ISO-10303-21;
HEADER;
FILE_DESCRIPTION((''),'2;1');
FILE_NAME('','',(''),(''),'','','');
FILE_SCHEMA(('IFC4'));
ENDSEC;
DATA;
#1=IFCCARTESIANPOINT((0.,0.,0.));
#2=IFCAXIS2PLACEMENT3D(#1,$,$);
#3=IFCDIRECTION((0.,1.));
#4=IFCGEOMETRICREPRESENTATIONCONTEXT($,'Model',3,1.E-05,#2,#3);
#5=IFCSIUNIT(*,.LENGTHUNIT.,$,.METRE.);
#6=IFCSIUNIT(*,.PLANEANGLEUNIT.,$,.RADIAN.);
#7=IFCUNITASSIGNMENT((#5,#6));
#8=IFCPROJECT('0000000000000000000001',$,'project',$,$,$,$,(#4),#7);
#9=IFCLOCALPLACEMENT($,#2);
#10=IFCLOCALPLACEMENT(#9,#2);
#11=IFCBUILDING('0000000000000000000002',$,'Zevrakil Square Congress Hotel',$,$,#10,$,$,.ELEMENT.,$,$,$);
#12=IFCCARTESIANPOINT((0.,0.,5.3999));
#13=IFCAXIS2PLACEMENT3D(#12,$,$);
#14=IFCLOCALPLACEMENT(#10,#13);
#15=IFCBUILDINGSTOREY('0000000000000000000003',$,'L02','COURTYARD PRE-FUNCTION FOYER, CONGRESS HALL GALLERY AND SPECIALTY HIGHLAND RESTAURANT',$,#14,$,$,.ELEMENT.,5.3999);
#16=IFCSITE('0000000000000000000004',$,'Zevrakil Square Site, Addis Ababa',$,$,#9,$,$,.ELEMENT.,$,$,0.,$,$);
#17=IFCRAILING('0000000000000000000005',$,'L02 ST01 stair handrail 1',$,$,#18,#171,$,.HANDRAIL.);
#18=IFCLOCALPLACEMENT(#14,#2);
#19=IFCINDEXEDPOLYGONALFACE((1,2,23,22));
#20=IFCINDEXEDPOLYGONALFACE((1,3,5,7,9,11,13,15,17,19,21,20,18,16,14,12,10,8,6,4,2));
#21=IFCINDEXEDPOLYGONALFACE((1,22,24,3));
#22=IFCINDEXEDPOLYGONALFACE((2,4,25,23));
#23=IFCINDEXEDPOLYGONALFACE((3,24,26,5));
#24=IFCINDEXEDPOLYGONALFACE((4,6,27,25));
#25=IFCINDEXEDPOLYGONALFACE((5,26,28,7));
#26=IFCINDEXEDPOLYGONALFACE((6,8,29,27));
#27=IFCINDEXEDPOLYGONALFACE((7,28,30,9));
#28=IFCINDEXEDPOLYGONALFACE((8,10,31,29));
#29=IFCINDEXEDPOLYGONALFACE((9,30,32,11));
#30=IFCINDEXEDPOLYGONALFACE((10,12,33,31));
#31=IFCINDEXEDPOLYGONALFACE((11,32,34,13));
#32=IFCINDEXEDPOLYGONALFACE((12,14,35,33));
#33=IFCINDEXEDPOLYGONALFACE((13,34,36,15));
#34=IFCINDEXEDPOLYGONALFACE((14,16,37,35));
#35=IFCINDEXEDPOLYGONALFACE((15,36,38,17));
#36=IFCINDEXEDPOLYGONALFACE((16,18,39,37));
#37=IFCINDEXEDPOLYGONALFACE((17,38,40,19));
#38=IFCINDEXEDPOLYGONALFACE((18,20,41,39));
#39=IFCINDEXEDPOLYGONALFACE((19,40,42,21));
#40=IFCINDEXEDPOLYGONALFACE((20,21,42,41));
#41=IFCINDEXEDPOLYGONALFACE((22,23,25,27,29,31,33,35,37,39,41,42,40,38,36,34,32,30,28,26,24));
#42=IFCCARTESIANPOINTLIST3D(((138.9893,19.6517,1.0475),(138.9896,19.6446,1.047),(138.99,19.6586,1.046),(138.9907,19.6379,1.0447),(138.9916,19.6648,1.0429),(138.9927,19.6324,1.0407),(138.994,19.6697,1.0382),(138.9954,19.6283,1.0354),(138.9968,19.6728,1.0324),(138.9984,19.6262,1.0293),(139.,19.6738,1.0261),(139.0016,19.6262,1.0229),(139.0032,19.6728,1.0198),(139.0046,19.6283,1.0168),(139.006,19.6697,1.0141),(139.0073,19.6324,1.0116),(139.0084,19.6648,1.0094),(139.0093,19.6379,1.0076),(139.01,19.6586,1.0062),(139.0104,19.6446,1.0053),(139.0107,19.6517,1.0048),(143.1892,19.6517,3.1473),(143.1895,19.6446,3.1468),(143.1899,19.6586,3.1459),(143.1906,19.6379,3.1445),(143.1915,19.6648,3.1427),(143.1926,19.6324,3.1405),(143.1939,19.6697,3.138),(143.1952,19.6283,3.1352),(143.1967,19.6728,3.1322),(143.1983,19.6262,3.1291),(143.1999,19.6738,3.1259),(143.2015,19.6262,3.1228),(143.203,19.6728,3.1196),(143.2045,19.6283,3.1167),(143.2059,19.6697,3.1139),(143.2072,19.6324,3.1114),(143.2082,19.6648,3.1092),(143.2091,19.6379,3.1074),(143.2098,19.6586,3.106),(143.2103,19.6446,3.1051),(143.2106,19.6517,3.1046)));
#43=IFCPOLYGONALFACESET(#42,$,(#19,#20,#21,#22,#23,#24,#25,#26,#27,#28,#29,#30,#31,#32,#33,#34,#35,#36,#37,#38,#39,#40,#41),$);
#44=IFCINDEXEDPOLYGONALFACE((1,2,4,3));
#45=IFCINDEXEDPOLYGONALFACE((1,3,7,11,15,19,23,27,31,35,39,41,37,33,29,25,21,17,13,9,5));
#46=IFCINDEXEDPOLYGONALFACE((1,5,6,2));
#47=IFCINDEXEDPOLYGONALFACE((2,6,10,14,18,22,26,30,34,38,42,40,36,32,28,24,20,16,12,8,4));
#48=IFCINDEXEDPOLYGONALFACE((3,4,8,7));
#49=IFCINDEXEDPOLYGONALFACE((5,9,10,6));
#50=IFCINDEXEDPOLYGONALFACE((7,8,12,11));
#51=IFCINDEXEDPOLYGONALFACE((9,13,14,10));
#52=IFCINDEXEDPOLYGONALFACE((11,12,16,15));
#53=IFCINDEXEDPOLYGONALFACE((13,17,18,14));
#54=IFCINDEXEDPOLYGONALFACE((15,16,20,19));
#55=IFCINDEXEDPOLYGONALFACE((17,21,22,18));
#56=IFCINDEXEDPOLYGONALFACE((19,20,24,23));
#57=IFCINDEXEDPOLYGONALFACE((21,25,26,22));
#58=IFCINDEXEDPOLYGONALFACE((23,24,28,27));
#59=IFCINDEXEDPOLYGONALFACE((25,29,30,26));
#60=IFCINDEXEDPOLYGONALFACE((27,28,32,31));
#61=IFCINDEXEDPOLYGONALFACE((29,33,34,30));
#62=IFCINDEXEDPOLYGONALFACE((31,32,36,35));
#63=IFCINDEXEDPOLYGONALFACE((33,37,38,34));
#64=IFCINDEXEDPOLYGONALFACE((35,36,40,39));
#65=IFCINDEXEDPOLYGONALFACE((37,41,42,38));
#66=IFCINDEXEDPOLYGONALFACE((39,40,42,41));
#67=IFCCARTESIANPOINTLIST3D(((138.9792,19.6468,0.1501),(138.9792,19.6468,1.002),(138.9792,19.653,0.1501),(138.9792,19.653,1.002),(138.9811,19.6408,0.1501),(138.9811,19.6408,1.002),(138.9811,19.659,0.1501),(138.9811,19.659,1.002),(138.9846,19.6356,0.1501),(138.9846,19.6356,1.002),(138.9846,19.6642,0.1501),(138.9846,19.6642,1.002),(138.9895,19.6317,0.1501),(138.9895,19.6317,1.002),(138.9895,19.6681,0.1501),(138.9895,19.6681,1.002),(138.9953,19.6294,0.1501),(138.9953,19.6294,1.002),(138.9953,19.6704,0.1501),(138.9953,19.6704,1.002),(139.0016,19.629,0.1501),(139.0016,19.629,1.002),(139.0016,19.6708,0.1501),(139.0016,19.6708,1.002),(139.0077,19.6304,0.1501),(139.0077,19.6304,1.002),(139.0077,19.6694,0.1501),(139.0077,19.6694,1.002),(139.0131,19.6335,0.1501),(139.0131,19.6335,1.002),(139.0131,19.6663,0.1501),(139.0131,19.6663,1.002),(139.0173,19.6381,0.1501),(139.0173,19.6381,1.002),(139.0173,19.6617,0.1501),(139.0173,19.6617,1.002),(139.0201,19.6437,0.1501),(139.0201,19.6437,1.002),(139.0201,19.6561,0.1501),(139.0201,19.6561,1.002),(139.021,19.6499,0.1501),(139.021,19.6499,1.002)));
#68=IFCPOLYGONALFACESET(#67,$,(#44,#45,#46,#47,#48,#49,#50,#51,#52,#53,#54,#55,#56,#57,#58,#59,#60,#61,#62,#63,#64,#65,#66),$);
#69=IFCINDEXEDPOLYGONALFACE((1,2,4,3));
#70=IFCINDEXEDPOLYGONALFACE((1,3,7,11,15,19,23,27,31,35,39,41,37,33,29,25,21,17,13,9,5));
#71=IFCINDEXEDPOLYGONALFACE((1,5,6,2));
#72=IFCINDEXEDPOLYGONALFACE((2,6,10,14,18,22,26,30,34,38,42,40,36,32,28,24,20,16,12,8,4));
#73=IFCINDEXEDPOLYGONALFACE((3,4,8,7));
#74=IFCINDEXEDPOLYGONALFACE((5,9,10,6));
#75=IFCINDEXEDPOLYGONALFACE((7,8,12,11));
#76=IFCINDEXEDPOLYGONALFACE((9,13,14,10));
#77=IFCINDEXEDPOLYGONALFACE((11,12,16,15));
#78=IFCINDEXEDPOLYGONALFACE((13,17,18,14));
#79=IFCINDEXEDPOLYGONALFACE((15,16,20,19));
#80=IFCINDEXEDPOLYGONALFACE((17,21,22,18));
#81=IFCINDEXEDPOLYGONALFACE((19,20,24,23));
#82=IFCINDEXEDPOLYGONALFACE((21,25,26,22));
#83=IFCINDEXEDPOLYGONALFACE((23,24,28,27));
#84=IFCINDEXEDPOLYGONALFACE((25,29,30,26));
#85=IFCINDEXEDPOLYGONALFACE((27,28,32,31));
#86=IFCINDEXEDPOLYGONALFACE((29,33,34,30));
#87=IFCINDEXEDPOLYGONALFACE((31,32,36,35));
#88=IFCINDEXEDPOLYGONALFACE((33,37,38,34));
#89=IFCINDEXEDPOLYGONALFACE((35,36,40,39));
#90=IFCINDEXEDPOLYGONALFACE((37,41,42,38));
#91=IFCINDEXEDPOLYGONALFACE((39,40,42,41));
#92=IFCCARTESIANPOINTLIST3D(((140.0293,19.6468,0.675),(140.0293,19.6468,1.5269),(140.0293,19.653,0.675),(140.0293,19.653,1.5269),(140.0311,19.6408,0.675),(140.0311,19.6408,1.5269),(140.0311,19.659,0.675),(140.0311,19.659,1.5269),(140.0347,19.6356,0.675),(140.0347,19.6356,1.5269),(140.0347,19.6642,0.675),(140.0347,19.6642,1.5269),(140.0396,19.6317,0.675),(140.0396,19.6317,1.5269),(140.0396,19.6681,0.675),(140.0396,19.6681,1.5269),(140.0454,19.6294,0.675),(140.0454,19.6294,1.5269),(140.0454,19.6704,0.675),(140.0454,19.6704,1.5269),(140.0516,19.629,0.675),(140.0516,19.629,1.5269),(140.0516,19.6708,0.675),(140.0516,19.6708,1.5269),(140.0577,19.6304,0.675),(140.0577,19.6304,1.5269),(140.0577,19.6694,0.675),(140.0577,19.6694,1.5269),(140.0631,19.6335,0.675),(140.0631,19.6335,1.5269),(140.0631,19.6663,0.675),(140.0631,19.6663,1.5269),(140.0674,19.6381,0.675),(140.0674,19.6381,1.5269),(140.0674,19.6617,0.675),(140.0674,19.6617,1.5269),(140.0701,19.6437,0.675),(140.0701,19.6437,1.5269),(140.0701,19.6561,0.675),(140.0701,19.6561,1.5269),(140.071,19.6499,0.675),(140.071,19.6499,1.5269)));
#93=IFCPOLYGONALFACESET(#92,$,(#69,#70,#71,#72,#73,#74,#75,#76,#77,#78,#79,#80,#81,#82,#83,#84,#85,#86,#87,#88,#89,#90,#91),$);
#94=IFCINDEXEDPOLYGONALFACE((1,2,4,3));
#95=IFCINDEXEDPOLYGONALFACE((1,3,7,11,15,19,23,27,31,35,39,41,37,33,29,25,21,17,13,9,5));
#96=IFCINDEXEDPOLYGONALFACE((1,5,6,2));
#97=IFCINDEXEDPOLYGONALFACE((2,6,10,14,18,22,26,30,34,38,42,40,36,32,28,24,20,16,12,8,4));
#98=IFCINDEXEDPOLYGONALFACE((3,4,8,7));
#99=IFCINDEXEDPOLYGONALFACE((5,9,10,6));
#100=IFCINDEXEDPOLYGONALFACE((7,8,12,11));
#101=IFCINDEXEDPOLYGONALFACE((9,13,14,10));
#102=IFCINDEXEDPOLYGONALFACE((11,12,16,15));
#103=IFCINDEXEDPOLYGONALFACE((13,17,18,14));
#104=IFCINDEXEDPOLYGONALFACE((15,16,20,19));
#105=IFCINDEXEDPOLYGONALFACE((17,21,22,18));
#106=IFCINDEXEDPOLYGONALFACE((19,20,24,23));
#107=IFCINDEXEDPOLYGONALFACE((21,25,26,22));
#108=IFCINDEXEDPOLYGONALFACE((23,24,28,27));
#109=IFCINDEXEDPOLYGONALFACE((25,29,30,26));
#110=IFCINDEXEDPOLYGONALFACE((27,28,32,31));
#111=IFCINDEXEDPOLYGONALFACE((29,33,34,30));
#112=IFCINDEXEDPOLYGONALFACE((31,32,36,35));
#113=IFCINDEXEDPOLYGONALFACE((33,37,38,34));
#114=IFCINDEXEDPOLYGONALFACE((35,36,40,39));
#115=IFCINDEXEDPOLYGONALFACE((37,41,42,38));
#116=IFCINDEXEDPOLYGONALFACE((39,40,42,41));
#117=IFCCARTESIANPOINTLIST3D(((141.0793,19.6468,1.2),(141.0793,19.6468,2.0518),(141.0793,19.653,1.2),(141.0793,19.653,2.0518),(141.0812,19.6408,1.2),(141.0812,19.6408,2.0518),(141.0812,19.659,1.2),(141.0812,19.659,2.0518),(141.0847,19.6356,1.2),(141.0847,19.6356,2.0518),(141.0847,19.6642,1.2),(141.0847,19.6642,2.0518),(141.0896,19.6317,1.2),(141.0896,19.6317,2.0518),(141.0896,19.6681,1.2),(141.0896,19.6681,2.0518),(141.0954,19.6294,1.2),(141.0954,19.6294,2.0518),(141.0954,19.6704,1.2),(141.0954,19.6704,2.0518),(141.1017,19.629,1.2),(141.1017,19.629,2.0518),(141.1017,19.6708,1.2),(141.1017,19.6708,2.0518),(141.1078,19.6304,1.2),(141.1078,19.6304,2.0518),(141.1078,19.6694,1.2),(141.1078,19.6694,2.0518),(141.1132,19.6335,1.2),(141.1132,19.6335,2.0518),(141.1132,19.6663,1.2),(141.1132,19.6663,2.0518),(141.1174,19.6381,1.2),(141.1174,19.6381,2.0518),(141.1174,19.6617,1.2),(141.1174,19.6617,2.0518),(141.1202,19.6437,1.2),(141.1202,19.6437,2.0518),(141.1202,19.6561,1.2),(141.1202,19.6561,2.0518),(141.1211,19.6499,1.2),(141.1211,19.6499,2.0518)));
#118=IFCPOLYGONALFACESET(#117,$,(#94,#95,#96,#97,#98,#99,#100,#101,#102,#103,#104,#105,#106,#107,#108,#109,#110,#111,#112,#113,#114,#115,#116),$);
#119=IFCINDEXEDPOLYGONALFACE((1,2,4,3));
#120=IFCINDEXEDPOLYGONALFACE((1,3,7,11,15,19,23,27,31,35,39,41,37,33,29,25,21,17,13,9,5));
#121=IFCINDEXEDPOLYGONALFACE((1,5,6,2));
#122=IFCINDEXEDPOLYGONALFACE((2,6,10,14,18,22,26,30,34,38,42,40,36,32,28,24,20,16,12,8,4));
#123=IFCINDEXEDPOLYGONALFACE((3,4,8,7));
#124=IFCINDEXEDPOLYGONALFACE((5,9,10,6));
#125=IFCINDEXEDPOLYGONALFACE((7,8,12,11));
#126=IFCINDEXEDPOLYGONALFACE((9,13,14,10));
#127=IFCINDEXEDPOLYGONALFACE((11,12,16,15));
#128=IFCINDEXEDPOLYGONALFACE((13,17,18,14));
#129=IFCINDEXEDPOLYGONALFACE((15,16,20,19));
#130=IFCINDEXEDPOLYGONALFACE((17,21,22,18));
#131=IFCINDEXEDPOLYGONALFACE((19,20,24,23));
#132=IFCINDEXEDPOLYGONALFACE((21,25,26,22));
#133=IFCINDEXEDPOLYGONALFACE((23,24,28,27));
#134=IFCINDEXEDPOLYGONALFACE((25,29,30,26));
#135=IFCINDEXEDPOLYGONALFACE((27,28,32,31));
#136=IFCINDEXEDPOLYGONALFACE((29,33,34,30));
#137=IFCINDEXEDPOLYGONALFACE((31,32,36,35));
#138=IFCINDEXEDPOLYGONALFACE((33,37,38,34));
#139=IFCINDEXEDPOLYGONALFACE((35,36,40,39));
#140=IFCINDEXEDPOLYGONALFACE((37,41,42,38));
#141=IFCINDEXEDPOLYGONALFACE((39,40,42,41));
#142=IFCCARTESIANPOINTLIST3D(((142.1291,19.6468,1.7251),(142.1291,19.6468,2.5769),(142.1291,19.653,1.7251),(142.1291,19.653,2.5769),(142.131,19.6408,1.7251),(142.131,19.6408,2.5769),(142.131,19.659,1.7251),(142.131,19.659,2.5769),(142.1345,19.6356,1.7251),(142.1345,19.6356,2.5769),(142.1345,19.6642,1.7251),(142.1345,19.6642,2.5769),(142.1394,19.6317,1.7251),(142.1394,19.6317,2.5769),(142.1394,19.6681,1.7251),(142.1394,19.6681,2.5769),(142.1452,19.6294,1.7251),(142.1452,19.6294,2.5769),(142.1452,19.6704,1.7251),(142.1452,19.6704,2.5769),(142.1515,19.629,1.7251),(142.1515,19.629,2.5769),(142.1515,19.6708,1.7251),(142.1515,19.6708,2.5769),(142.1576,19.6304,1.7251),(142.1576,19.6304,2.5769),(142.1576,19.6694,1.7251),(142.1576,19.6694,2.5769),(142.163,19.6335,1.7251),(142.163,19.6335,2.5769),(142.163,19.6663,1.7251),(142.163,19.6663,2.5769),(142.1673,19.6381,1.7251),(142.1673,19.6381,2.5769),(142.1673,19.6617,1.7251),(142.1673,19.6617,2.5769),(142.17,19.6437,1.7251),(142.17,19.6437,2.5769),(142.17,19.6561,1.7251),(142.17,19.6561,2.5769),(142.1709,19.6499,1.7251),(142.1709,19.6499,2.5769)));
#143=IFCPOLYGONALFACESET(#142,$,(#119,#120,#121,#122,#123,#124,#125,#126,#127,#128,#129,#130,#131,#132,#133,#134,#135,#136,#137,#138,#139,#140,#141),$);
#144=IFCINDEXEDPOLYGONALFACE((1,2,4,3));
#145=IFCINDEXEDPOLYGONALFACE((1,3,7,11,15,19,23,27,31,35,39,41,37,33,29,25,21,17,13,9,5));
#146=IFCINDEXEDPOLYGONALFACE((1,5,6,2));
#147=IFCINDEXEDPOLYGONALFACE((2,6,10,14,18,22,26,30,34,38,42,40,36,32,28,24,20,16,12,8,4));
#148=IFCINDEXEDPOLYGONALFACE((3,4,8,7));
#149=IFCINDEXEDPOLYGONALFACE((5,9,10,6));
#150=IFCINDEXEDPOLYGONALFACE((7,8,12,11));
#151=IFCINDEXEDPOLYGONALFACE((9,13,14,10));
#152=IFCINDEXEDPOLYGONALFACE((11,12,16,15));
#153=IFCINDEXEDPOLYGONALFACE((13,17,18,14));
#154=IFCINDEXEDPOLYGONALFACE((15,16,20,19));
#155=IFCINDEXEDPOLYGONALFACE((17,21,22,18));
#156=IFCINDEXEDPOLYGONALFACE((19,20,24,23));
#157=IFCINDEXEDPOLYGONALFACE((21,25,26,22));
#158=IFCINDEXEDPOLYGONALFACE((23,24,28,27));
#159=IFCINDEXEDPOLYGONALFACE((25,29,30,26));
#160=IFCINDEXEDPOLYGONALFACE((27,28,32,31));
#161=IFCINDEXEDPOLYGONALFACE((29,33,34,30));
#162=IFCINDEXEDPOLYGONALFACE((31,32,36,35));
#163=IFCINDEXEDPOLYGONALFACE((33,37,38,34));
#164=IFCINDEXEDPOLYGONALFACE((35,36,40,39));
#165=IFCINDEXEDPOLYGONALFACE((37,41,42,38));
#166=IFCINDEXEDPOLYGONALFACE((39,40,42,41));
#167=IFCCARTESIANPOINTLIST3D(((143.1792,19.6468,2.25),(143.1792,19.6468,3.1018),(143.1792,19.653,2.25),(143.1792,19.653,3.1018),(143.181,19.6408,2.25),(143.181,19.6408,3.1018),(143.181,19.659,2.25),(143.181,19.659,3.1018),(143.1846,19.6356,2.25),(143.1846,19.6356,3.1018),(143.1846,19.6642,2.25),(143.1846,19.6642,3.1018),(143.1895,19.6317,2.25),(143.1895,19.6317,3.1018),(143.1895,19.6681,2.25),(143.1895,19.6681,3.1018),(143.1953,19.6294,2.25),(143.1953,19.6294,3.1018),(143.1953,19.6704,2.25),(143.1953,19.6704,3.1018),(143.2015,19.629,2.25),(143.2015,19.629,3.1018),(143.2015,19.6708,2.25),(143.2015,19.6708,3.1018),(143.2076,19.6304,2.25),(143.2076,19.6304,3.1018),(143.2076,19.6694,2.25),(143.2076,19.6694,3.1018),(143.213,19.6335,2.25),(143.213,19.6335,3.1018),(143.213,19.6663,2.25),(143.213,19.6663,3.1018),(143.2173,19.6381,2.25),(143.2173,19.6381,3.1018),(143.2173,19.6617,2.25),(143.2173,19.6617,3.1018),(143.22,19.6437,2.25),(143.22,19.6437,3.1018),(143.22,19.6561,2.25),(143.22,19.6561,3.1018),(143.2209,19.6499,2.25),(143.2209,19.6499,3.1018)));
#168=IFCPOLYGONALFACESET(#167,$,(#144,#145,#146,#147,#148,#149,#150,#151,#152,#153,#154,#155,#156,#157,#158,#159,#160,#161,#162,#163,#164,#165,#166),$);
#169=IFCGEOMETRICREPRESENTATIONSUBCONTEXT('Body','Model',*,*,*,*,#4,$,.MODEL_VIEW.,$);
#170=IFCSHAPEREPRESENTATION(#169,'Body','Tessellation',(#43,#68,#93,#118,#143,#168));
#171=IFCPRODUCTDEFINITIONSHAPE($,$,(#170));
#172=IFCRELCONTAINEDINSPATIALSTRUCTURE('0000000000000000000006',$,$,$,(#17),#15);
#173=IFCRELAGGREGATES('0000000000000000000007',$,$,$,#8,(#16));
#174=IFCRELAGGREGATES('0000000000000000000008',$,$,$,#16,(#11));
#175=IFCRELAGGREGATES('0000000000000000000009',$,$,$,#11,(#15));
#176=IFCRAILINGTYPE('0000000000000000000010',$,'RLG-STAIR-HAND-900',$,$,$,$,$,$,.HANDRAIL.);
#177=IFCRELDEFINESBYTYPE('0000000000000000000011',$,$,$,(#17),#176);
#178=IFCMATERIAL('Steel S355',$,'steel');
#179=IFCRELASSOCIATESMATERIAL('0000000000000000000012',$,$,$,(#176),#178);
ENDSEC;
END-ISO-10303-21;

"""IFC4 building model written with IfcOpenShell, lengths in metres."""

from ifc_helpers import new_model, si_unit, direction, frame, origin, origin_2d, place, context, subcontext, project, spatial, circle, extrude, material, type_object, element, save


model = new_model("IFC4")

# Units and contexts
model_context = context("Model", 3, precision=1e-05, world=origin(), true_north=direction((0.0, 1.0)))
body_context = subcontext(model_context, "Body", "Model", "MODEL_VIEW")
ifc_project = project(units=[si_unit("LENGTHUNIT", "METRE"), si_unit("PLANEANGLEUNIT", "RADIAN")], contexts=[model_context])

# Site, building, storey
site_placement = place(None, origin())
site = spatial("IfcSite", under=ifc_project, at=site_placement, Name="Zevrakil Square Site, Addis Ababa", CompositionType="ELEMENT", RefElevation=0.0)
building_placement = place(site_placement, origin())
building = spatial("IfcBuilding", under=site, at=building_placement, Name="Zevrakil Square Congress Hotel", CompositionType="ELEMENT")
storey_placement = place(building_placement, frame((0.0, 0.0, 5.3999)))
storey = spatial("IfcBuildingStorey", under=building, at=storey_placement, Name="L02", Description="COURTYARD PRE-FUNCTION FOYER, CONGRESS HALL GALLERY AND SPECIALTY HIGHLAND RESTAURANT", CompositionType="ELEMENT", Elevation=5.3999)

# Railing
ifc_material_1 = material(Name="Steel S355", Category="steel")
railing_type_1 = type_object("IfcRailingType", Name="RLG-STAIR-HAND-900", PredefinedType="HANDRAIL", material=ifc_material_1)
railing_1_placement = place(storey_placement, frame((139.0, 19.6499, 0.1501)))
element("IfcRailing", 1, at=railing_1_placement, inside=storey, type_object=railing_type_1, Name="L02 ST01 stair handrail 1", PredefinedType="HANDRAIL", context=body_context, shape_type="SweptSolid", body=[
    extrude(circle(Radius=0.0239, at=origin_2d()), frame((0.0, 0.0, 0.876), z_axis=(0.894438, 0.0, 0.447193), x_axis=(0.0, 1.0, 0.0)), (0.0, 0.0, 1.0), 4.6956),
    extrude(circle(Radius=0.021, at=origin_2d()), origin(), (0.0, 0.0, 1.0), 0.8518),
    extrude(circle(Radius=0.021, at=origin_2d()), frame((1.05, 0.0, 0.5249)), (0.0, 0.0, 1.0), 0.8518),
    extrude(circle(Radius=0.021, at=origin_2d()), frame((2.1001, 0.0, 1.0498)), (0.0, 0.0, 1.0), 0.8518),
    extrude(circle(Radius=0.021, at=origin_2d()), frame((3.1499, 0.0, 1.575)), (0.0, 0.0, 1.0), 0.8518),
    extrude(circle(Radius=0.021, at=origin_2d()), frame((4.2, 0.0, 2.0999)), (0.0, 0.0, 1.0), 0.8518),
])

save(model, "model.ifc")
